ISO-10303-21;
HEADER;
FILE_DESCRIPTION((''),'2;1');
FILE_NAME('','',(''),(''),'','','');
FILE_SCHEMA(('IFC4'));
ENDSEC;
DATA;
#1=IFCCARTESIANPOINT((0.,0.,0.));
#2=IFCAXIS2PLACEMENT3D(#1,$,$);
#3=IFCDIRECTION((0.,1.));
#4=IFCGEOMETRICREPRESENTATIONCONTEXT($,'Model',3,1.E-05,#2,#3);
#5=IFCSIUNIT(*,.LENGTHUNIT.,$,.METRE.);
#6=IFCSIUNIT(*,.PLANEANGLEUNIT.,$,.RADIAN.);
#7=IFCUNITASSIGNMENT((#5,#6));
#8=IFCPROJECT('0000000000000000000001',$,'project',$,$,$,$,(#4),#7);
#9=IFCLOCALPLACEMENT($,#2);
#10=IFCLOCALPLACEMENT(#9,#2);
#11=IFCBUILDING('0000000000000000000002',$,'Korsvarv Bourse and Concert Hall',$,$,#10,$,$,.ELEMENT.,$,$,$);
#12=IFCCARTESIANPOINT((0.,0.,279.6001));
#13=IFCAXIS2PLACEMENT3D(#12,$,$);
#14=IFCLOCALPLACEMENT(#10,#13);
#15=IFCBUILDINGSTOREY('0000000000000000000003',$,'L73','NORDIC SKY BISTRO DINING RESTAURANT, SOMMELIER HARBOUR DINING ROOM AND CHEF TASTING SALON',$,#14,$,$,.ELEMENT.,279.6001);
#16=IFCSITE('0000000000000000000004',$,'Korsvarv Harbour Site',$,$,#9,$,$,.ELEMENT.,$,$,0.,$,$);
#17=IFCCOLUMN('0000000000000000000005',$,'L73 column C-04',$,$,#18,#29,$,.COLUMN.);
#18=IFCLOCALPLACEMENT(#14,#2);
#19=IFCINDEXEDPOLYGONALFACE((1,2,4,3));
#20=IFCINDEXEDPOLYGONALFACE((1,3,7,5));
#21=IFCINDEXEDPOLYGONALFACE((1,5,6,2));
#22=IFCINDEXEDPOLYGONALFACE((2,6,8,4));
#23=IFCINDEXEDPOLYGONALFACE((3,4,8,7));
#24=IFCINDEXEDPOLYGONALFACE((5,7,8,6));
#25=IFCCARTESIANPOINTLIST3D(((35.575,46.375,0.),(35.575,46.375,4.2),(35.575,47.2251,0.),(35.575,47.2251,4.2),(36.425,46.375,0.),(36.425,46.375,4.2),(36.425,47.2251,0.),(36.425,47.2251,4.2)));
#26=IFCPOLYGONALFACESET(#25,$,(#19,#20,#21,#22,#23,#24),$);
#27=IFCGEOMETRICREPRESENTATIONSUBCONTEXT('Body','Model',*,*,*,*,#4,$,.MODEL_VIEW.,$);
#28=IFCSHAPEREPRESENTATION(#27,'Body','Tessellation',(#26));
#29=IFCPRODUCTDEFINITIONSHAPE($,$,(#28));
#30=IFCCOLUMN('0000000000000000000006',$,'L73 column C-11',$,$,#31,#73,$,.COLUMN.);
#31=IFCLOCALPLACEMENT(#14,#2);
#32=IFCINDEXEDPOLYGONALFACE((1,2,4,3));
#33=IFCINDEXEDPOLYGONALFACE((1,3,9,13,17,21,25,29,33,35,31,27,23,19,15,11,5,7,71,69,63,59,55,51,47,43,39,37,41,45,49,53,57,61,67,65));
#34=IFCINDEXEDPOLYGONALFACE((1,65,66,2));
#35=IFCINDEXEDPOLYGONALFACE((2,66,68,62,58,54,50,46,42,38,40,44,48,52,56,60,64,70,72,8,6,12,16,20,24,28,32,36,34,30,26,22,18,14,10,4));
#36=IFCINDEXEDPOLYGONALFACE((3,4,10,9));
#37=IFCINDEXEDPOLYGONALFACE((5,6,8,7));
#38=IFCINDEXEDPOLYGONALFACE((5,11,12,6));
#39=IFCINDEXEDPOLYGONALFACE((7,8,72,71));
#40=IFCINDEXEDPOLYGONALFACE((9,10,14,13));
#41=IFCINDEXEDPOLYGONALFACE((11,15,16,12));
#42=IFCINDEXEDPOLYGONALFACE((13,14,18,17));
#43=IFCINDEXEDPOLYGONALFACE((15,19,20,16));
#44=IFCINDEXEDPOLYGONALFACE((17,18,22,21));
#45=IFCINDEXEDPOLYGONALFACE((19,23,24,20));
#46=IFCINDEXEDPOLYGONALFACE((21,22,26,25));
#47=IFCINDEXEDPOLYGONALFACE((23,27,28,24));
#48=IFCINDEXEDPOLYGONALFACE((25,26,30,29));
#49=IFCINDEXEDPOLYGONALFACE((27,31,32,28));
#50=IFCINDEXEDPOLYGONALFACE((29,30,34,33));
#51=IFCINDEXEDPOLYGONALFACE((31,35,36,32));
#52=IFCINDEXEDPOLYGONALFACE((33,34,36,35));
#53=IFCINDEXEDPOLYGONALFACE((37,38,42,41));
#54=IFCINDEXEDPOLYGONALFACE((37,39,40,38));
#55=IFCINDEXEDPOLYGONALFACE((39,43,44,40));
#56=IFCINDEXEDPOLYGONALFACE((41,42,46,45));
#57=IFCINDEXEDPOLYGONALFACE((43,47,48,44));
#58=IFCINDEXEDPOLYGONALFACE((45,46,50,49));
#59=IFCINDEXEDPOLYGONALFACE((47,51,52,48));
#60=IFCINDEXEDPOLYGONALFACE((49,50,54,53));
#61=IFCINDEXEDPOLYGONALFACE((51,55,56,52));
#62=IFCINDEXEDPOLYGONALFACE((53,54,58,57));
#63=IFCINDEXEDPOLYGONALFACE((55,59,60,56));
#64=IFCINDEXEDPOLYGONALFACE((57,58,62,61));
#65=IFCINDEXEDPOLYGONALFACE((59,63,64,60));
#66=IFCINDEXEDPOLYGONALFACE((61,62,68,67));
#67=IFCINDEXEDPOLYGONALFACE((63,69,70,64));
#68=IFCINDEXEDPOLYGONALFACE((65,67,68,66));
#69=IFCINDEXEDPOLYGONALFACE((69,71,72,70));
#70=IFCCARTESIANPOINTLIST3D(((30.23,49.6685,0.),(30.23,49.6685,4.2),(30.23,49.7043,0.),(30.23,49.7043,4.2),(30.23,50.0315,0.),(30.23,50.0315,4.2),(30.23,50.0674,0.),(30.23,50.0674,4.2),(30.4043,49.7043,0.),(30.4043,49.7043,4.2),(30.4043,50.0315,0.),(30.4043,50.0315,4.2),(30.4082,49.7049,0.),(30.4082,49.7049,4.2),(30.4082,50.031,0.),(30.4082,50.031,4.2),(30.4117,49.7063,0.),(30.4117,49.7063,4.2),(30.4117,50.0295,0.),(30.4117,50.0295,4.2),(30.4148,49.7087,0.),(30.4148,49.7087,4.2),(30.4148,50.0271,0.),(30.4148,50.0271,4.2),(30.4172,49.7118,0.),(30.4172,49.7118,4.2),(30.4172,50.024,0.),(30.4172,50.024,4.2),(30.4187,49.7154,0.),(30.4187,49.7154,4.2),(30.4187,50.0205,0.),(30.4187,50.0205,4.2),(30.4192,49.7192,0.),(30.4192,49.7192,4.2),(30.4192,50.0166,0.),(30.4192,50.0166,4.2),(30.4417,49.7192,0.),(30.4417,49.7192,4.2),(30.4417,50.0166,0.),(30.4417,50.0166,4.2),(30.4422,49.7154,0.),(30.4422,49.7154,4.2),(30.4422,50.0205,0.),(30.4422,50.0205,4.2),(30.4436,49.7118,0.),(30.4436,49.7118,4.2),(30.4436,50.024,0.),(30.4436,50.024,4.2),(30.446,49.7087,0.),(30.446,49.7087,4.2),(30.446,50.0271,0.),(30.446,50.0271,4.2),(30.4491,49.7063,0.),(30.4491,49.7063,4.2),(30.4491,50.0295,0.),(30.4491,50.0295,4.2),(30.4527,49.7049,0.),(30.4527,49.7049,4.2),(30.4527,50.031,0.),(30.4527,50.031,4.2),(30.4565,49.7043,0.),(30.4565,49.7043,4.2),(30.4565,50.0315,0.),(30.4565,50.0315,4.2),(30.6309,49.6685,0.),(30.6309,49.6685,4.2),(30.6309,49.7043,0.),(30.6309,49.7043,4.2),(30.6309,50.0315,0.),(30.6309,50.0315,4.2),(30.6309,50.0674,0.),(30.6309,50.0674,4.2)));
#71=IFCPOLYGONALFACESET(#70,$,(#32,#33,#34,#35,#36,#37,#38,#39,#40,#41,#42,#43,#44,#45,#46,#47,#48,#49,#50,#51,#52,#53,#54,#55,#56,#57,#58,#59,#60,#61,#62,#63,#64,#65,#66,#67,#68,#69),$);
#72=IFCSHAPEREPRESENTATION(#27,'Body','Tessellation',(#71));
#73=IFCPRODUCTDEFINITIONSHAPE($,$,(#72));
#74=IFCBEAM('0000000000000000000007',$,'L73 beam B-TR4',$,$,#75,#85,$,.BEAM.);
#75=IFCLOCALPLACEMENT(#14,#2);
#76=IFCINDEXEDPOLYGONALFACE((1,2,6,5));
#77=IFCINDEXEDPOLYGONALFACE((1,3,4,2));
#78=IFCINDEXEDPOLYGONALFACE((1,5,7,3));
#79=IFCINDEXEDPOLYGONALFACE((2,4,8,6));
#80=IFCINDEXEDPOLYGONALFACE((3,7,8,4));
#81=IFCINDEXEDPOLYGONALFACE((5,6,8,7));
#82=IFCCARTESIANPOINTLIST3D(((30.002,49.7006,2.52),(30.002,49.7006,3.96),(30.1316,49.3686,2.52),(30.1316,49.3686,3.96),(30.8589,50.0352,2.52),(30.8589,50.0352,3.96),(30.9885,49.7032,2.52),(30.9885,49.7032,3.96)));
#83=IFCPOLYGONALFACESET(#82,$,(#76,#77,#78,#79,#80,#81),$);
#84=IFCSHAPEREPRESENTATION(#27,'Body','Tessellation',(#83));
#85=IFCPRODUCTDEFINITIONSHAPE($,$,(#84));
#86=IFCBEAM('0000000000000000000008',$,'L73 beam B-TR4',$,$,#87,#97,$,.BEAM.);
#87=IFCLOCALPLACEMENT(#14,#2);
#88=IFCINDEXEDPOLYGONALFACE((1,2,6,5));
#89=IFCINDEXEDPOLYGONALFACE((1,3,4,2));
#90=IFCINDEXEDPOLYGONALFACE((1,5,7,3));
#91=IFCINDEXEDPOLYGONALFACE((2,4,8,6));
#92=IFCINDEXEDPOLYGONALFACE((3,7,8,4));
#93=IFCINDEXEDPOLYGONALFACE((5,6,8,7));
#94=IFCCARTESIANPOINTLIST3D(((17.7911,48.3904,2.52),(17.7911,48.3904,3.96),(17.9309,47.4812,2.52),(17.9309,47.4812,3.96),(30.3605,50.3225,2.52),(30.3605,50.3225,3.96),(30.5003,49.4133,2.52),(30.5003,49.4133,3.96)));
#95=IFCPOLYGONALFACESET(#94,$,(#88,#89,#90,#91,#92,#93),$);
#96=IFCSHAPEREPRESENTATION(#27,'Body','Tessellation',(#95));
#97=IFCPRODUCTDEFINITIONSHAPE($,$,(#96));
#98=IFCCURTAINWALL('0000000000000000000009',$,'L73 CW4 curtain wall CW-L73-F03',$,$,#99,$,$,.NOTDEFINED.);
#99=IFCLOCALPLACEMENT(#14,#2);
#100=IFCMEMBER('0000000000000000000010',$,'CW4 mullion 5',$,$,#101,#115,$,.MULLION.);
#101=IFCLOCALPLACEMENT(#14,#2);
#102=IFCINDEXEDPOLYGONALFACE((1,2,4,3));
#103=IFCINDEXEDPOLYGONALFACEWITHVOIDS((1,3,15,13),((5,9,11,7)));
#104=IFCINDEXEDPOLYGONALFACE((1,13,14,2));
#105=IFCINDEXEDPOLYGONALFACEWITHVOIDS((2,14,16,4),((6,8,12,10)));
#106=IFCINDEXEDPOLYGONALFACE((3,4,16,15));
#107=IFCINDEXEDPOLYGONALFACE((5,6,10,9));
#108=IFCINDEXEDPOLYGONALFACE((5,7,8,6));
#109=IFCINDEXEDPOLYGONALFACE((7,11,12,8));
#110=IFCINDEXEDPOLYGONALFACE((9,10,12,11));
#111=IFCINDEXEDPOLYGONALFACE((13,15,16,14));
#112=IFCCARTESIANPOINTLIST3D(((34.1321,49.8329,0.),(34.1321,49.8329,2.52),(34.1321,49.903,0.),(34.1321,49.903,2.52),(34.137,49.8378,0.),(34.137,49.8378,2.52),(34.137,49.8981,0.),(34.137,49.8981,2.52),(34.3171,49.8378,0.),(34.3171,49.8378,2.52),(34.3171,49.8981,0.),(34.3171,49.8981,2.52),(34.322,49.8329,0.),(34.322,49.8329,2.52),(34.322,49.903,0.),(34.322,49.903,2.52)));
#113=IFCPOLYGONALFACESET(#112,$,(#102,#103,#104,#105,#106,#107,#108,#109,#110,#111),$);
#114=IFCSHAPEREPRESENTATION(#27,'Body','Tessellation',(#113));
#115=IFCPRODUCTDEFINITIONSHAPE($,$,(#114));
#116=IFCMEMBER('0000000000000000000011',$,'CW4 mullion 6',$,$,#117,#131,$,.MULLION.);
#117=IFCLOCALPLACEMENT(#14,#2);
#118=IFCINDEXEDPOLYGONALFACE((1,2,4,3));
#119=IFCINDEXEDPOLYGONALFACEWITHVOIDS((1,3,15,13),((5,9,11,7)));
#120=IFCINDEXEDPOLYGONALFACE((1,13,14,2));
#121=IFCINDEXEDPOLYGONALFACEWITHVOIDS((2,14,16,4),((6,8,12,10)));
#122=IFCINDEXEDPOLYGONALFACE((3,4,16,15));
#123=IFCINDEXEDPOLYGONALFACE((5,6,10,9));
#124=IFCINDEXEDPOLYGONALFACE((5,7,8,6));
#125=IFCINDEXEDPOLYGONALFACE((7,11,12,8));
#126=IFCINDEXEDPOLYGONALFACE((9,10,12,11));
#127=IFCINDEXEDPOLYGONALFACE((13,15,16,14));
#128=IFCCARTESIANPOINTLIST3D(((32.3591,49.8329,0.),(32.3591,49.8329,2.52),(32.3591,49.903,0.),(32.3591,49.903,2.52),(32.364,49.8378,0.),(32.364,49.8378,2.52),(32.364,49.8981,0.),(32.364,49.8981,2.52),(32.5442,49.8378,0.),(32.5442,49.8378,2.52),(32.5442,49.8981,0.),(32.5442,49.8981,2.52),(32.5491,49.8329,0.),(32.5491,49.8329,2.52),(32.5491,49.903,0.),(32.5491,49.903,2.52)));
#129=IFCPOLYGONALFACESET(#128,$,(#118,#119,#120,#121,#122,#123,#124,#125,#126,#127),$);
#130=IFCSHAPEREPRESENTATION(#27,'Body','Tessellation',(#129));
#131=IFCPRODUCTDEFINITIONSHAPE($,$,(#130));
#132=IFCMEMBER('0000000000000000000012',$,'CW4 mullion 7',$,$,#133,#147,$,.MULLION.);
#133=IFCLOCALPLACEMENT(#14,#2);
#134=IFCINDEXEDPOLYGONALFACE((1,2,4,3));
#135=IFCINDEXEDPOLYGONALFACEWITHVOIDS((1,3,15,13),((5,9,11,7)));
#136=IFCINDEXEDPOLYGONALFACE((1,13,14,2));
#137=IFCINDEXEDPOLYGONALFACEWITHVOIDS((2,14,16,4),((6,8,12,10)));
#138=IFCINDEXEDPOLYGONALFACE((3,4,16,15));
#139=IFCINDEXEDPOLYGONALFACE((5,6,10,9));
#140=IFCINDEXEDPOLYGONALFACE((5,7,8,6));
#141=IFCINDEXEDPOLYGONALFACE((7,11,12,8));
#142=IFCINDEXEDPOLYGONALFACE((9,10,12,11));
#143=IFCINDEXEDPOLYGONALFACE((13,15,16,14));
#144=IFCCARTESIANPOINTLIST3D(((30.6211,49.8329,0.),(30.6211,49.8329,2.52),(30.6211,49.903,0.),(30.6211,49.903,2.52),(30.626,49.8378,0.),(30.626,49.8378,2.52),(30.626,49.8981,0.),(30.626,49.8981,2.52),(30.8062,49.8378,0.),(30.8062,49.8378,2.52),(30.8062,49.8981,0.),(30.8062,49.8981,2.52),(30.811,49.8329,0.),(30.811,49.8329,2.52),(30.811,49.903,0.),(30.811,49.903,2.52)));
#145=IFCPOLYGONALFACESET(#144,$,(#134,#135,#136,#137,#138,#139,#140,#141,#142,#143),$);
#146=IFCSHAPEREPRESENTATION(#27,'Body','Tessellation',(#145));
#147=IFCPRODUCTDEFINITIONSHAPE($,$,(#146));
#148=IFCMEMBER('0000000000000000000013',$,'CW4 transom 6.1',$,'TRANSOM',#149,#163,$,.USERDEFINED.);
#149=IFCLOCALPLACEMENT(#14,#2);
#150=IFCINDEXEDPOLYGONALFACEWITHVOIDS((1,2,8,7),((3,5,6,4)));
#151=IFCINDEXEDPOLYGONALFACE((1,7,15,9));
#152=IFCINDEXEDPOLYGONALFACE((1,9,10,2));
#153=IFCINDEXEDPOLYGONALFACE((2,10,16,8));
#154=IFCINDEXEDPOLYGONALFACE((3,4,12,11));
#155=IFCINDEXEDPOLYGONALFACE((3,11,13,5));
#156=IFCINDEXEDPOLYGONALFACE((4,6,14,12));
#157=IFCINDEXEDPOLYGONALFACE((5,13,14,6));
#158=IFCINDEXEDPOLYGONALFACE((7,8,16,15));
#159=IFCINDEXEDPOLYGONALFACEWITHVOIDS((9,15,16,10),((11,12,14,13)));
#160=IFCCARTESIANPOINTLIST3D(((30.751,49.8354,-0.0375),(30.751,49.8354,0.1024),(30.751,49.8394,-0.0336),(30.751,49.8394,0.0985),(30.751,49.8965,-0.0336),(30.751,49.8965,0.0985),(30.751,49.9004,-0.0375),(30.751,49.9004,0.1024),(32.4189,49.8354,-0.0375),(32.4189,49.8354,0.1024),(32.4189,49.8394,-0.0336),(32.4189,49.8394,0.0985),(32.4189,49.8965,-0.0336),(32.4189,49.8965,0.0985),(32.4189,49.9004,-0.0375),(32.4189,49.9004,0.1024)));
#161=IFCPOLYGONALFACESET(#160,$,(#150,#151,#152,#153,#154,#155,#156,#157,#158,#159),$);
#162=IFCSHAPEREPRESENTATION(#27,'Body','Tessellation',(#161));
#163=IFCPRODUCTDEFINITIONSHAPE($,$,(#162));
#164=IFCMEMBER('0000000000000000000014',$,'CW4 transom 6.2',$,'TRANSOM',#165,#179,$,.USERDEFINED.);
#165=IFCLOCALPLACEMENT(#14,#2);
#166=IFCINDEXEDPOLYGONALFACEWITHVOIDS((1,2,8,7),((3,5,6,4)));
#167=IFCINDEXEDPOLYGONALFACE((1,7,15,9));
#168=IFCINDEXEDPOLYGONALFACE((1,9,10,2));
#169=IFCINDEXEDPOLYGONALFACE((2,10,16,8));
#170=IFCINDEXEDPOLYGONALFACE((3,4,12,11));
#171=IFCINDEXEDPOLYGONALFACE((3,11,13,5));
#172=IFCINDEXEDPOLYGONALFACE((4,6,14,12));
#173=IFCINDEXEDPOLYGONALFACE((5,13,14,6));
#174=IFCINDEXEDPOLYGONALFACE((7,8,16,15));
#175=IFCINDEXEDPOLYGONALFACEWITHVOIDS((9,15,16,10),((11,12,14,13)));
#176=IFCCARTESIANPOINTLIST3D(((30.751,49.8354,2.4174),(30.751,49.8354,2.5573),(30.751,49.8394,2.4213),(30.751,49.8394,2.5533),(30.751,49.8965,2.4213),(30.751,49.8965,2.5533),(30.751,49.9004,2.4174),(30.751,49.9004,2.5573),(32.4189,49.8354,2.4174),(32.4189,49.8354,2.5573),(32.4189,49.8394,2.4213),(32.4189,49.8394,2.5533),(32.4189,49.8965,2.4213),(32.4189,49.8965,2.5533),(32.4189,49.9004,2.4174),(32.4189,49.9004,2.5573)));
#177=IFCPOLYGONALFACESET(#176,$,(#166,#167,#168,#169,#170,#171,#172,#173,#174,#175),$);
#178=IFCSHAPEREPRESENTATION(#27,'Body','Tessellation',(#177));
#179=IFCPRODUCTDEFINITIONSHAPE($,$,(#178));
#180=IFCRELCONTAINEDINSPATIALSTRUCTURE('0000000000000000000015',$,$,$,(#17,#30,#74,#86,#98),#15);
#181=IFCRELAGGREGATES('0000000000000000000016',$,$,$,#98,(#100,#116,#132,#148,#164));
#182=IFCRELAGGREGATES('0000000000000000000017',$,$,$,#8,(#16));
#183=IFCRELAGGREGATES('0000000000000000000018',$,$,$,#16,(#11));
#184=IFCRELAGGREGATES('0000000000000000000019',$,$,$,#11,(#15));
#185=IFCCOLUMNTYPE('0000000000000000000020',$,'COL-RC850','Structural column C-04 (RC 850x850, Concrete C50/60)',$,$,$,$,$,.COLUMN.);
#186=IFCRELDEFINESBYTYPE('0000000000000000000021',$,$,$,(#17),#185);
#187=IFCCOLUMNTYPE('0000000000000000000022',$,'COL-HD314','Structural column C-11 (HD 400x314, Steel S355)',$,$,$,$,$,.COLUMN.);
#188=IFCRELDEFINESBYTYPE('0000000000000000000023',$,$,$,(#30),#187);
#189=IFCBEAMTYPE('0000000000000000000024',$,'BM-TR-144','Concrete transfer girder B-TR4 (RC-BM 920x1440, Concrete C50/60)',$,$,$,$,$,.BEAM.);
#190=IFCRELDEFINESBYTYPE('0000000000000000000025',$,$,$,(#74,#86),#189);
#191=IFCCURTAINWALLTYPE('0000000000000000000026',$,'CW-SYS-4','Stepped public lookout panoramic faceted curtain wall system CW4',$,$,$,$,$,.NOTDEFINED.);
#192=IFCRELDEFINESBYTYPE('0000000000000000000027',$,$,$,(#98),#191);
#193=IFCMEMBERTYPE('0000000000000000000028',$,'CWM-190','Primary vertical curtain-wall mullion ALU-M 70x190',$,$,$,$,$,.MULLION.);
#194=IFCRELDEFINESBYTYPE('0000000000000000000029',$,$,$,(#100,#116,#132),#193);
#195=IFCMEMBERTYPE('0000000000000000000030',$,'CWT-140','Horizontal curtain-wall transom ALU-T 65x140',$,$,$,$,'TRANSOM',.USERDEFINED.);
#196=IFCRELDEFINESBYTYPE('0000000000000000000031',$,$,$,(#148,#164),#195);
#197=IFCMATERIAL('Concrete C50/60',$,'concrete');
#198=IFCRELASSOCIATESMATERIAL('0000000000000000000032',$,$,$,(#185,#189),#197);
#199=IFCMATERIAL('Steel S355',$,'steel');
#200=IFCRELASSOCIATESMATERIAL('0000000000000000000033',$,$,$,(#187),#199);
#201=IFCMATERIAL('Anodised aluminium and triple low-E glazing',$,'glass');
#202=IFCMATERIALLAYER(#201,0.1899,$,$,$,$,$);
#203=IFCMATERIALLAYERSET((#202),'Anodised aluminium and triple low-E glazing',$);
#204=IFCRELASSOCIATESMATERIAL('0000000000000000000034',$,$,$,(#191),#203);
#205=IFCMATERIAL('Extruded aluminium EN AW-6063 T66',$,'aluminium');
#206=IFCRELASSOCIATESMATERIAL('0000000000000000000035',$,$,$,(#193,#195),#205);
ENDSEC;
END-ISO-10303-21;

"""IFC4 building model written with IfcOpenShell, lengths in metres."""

from ifc_helpers import new_model, si_unit, direction, frame, origin, origin_2d, place, context, subcontext, project, spatial, rectangle, hollow_rectangle, i_section, extrude, source, transform, mapped, material, layer, layer_set, material_profile, profile_set, type_object, element, aggregate, save


model = new_model("IFC4")

# Units and contexts
model_context = context("Model", 3, precision=1e-05, world=origin(), true_north=direction((0.0, 1.0)))
body_context = subcontext(model_context, "Body", "Model", "MODEL_VIEW")
ifc_project = project(units=[si_unit("LENGTHUNIT", "METRE"), si_unit("PLANEANGLEUNIT", "RADIAN")], contexts=[model_context])

# Site, building, storey
site_placement = place(None, origin())
site = spatial("IfcSite", under=ifc_project, at=site_placement, Name="Korsvarv Harbour Site", CompositionType="ELEMENT", RefElevation=0.0)
building_placement = place(site_placement, origin())
building = spatial("IfcBuilding", under=site, at=building_placement, Name="Korsvarv Bourse and Concert Hall", CompositionType="ELEMENT")
storey_placement = place(building_placement, frame((0.0, 0.0, 279.6001)))
storey = spatial("IfcBuildingStorey", under=building, at=storey_placement, Name="L73", Description="NORDIC SKY BISTRO DINING RESTAURANT, SOMMELIER HARBOUR DINING ROOM AND CHEF TASTING SALON", CompositionType="ELEMENT", Elevation=279.6001)

# Columns
ifc_material_1 = material(Name="Concrete C50/60", Category="concrete")
ifc_material_profile_1 = material_profile(ifc_material_1, rectangle(XDim=0.8501, YDim=0.8501, at=origin_2d()), Name="RC 850x850")
ifc_profile_set_1 = profile_set([ifc_material_profile_1], Name="Concrete C50/60")
column_type_1 = type_object("IfcColumnType", Name="COL-RC850", Description="Structural column C-04 (RC 850x850, Concrete C50/60)", PredefinedType="COLUMN", material=ifc_profile_set_1)
shared_shape_1 = source(origin(), body_context, "Body", "SweptSolid", [
    extrude(rectangle(XDim=0.8501, YDim=0.8501, at=origin_2d()), origin(), (0.0, 0.0, 1.0), 4.2),
])
column_1_placement = place(storey_placement, frame((36.0, 46.8, 0.0), z_axis=(0.0, 0.0, 1.0), x_axis=(1.0, 0.0, 0.0)))
element("IfcColumn", 1, at=column_1_placement, inside=storey, type_object=column_type_1, Name="L73 column C-04", PredefinedType="COLUMN", context=body_context, shape_type="MappedRepresentation", body=[
    mapped(shared_shape_1, transform((0.0, 0.0, 0.0), scale=1.0)),
])
ifc_material_2 = material(Name="Steel S355", Category="steel")
ifc_material_profile_2 = material_profile(ifc_material_2, i_section(OverallWidth=0.4009, OverallDepth=0.3989, WebThickness=0.0225, FlangeThickness=0.0359, FilletRadius=0.0149, at=origin_2d()), Name="HD 400x314")
ifc_profile_set_2 = profile_set([ifc_material_profile_2], Name="Steel S355")
column_type_2 = type_object("IfcColumnType", Name="COL-HD314", Description="Structural column C-11 (HD 400x314, Steel S355)", PredefinedType="COLUMN", material=ifc_profile_set_2)
shared_shape_2 = source(origin(), body_context, "Body", "SweptSolid", [
    extrude(i_section(OverallWidth=0.4009, OverallDepth=0.3989, WebThickness=0.0225, FlangeThickness=0.0359, FilletRadius=0.0149, at=origin_2d()), origin(), (0.0, 0.0, 1.0), 4.2),
])
column_2_placement = place(storey_placement, frame((30.4304, 49.8679, 0.0), z_axis=(0.0, 0.0, 1.0), x_axis=(1.0, 0.0, 0.0)))
element("IfcColumn", 2, at=column_2_placement, inside=storey, type_object=column_type_2, Name="L73 column C-11", PredefinedType="COLUMN", context=body_context, shape_type="MappedRepresentation", body=[
    mapped(shared_shape_2, transform((0.0, 0.0, 0.0), scale=1.0)),
])

# Beams
ifc_material_profile_3 = material_profile(ifc_material_1, rectangle(XDim=0.9199, YDim=1.4399, at=origin_2d()), Name="RC-BM 920x1440")
ifc_profile_set_3 = profile_set([ifc_material_profile_3], Name="Concrete C50/60")
beam_type = type_object("IfcBeamType", Name="BM-TR-144", Description="Concrete transfer girder B-TR4 (RC-BM 920x1440, Concrete C50/60)", PredefinedType="BEAM", material=ifc_profile_set_3)
shared_shape_3 = source(origin(), body_context, "Body", "SweptSolid", [
    extrude(rectangle(XDim=0.9199, YDim=1.4399, at=origin_2d()), origin(), (0.0, 0.0, 1.0), 0.3564),
])
beam_1_placement = place(storey_placement, frame((30.4304, 49.8679, 3.24), z_axis=(0.363702, -0.931515, 0.0), x_axis=(0.931515, 0.363702, 0.0)))
element("IfcBeam", 3, at=beam_1_placement, inside=storey, type_object=beam_type, Name="L73 beam B-TR4", PredefinedType="BEAM", context=body_context, shape_type="MappedRepresentation", body=[
    mapped(shared_shape_3, transform((0.0, 0.0, 0.0), scale=1.0)),
])
shared_shape_4 = source(origin(), body_context, "Body", "SweptSolid", [
    extrude(rectangle(XDim=0.9199, YDim=1.4399, at=origin_2d()), origin(), (0.0, 0.0, 1.0), 12.717),
])
beam_2_placement = place(storey_placement, frame((30.4304, 49.8679, 3.24), z_axis=(-0.988391, -0.151933, 0.0), x_axis=(0.151933, -0.988391, 0.0)))
element("IfcBeam", 4, at=beam_2_placement, inside=storey, type_object=beam_type, Name="L73 beam B-TR4", PredefinedType="BEAM", context=body_context, shape_type="MappedRepresentation", body=[
    mapped(shared_shape_4, transform((0.0, 0.0, 0.0), scale=1.0)),
])

# Curtain wall, members
ifc_material_3 = material(Name="Anodised aluminium and triple low-E glazing", Category="glass")
ifc_layer_1 = layer(ifc_material_3, 0.1899)
ifc_layer_set_1 = layer_set([ifc_layer_1], Name="Anodised aluminium and triple low-E glazing")
curtain_wall_type = type_object("IfcCurtainWallType", Name="CW-SYS-4", Description="Stepped public lookout panoramic faceted curtain wall system CW4", PredefinedType="NOTDEFINED", material=ifc_layer_set_1)
curtain_wall_placement = place(storey_placement, origin())
curtain_wall = element("IfcCurtainWall", 5, at=curtain_wall_placement, inside=storey, type_object=curtain_wall_type, Name="L73 CW4 curtain wall CW-L73-F03", PredefinedType="NOTDEFINED")
ifc_material_4 = material(Name="Extruded aluminium EN AW-6063 T66", Category="aluminium")
ifc_material_profile_4 = material_profile(ifc_material_4, hollow_rectangle(XDim=0.0701, YDim=0.1899, WallThickness=0.0049, at=origin_2d()), Name="ALU-M 70x190")
ifc_profile_set_4 = profile_set([ifc_material_profile_4], Name="Extruded aluminium EN AW-6063 T66")
member_type_1 = type_object("IfcMemberType", Name="CWM-190", Description="Primary vertical curtain-wall mullion ALU-M 70x190", PredefinedType="MULLION", material=ifc_profile_set_4)
shared_shape_5 = source(origin(), body_context, "Body", "SweptSolid", [
    extrude(hollow_rectangle(XDim=0.0701, YDim=0.1899, WallThickness=0.0049, at=origin_2d()), origin(), (0.0, 0.0, 1.0), 2.52),
])
member_1_placement = place(storey_placement, frame((34.2271, 49.8679, 0.0), z_axis=(0.0, 0.0, 1.0), x_axis=(0.0, -1.0, 0.0)))
member_1 = element("IfcMember", 6, at=member_1_placement, type_object=member_type_1, Name="CW4 mullion 5", PredefinedType="MULLION", context=body_context, shape_type="MappedRepresentation", body=[
    mapped(shared_shape_5, transform((0.0, 0.0, 0.0), scale=1.0)),
])
member_2_placement = place(storey_placement, frame((32.4541, 49.8679, 0.0), z_axis=(0.0, 0.0, 1.0), x_axis=(0.0, -1.0, 0.0)))
member_2 = element("IfcMember", 7, at=member_2_placement, type_object=member_type_1, Name="CW4 mullion 6", PredefinedType="MULLION", context=body_context, shape_type="MappedRepresentation", body=[
    mapped(shared_shape_5, transform((0.0, 0.0, 0.0), scale=1.0)),
])
member_3_placement = place(storey_placement, frame((30.7161, 49.8679, 0.0), z_axis=(0.0, 0.0, 1.0), x_axis=(0.0, -1.0, 0.0)))
member_3 = element("IfcMember", 8, at=member_3_placement, type_object=member_type_1, Name="CW4 mullion 7", PredefinedType="MULLION", context=body_context, shape_type="MappedRepresentation", body=[
    mapped(shared_shape_5, transform((0.0, 0.0, 0.0), scale=1.0)),
])
ifc_material_profile_5 = material_profile(ifc_material_4, hollow_rectangle(XDim=0.0649, YDim=0.1399, WallThickness=0.0039, at=origin_2d()), Name="ALU-T 65x140")
ifc_profile_set_5 = profile_set([ifc_material_profile_5], Name="Extruded aluminium EN AW-6063 T66")
member_type_2 = type_object("IfcMemberType", Name="CWT-140", Description="Horizontal curtain-wall transom ALU-T 65x140", ElementType="TRANSOM", PredefinedType="USERDEFINED", material=ifc_profile_set_5)
shared_shape_6 = source(origin(), body_context, "Body", "SweptSolid", [
    extrude(hollow_rectangle(XDim=0.0649, YDim=0.1399, WallThickness=0.0039, at=origin_2d()), origin(), (0.0, 0.0, 1.0), 1.668),
])
member_4_placement = place(storey_placement, frame((32.4189, 49.8679, 0.0325), z_axis=(-1.0, 0.0, 0.0), x_axis=(0.0, -1.0, 0.0)))
member_4 = element("IfcMember", 9, at=member_4_placement, type_object=member_type_2, Name="CW4 transom 6.1", ObjectType="TRANSOM", PredefinedType="USERDEFINED", context=body_context, shape_type="MappedRepresentation", body=[
    mapped(shared_shape_6, transform((0.0, 0.0, 0.0), scale=1.0)),
])
member_5_placement = place(storey_placement, frame((32.4189, 49.8679, 2.4873), z_axis=(-1.0, 0.0, 0.0), x_axis=(0.0, -1.0, 0.0)))
member_5 = element("IfcMember", 10, at=member_5_placement, type_object=member_type_2, Name="CW4 transom 6.2", ObjectType="TRANSOM", PredefinedType="USERDEFINED", context=body_context, shape_type="MappedRepresentation", body=[
    mapped(shared_shape_6, transform((0.0, 0.0, 0.0), scale=1.0)),
])
aggregate(curtain_wall, [member_1, member_2, member_3, member_4, member_5])

save(model, "model.ifc")
